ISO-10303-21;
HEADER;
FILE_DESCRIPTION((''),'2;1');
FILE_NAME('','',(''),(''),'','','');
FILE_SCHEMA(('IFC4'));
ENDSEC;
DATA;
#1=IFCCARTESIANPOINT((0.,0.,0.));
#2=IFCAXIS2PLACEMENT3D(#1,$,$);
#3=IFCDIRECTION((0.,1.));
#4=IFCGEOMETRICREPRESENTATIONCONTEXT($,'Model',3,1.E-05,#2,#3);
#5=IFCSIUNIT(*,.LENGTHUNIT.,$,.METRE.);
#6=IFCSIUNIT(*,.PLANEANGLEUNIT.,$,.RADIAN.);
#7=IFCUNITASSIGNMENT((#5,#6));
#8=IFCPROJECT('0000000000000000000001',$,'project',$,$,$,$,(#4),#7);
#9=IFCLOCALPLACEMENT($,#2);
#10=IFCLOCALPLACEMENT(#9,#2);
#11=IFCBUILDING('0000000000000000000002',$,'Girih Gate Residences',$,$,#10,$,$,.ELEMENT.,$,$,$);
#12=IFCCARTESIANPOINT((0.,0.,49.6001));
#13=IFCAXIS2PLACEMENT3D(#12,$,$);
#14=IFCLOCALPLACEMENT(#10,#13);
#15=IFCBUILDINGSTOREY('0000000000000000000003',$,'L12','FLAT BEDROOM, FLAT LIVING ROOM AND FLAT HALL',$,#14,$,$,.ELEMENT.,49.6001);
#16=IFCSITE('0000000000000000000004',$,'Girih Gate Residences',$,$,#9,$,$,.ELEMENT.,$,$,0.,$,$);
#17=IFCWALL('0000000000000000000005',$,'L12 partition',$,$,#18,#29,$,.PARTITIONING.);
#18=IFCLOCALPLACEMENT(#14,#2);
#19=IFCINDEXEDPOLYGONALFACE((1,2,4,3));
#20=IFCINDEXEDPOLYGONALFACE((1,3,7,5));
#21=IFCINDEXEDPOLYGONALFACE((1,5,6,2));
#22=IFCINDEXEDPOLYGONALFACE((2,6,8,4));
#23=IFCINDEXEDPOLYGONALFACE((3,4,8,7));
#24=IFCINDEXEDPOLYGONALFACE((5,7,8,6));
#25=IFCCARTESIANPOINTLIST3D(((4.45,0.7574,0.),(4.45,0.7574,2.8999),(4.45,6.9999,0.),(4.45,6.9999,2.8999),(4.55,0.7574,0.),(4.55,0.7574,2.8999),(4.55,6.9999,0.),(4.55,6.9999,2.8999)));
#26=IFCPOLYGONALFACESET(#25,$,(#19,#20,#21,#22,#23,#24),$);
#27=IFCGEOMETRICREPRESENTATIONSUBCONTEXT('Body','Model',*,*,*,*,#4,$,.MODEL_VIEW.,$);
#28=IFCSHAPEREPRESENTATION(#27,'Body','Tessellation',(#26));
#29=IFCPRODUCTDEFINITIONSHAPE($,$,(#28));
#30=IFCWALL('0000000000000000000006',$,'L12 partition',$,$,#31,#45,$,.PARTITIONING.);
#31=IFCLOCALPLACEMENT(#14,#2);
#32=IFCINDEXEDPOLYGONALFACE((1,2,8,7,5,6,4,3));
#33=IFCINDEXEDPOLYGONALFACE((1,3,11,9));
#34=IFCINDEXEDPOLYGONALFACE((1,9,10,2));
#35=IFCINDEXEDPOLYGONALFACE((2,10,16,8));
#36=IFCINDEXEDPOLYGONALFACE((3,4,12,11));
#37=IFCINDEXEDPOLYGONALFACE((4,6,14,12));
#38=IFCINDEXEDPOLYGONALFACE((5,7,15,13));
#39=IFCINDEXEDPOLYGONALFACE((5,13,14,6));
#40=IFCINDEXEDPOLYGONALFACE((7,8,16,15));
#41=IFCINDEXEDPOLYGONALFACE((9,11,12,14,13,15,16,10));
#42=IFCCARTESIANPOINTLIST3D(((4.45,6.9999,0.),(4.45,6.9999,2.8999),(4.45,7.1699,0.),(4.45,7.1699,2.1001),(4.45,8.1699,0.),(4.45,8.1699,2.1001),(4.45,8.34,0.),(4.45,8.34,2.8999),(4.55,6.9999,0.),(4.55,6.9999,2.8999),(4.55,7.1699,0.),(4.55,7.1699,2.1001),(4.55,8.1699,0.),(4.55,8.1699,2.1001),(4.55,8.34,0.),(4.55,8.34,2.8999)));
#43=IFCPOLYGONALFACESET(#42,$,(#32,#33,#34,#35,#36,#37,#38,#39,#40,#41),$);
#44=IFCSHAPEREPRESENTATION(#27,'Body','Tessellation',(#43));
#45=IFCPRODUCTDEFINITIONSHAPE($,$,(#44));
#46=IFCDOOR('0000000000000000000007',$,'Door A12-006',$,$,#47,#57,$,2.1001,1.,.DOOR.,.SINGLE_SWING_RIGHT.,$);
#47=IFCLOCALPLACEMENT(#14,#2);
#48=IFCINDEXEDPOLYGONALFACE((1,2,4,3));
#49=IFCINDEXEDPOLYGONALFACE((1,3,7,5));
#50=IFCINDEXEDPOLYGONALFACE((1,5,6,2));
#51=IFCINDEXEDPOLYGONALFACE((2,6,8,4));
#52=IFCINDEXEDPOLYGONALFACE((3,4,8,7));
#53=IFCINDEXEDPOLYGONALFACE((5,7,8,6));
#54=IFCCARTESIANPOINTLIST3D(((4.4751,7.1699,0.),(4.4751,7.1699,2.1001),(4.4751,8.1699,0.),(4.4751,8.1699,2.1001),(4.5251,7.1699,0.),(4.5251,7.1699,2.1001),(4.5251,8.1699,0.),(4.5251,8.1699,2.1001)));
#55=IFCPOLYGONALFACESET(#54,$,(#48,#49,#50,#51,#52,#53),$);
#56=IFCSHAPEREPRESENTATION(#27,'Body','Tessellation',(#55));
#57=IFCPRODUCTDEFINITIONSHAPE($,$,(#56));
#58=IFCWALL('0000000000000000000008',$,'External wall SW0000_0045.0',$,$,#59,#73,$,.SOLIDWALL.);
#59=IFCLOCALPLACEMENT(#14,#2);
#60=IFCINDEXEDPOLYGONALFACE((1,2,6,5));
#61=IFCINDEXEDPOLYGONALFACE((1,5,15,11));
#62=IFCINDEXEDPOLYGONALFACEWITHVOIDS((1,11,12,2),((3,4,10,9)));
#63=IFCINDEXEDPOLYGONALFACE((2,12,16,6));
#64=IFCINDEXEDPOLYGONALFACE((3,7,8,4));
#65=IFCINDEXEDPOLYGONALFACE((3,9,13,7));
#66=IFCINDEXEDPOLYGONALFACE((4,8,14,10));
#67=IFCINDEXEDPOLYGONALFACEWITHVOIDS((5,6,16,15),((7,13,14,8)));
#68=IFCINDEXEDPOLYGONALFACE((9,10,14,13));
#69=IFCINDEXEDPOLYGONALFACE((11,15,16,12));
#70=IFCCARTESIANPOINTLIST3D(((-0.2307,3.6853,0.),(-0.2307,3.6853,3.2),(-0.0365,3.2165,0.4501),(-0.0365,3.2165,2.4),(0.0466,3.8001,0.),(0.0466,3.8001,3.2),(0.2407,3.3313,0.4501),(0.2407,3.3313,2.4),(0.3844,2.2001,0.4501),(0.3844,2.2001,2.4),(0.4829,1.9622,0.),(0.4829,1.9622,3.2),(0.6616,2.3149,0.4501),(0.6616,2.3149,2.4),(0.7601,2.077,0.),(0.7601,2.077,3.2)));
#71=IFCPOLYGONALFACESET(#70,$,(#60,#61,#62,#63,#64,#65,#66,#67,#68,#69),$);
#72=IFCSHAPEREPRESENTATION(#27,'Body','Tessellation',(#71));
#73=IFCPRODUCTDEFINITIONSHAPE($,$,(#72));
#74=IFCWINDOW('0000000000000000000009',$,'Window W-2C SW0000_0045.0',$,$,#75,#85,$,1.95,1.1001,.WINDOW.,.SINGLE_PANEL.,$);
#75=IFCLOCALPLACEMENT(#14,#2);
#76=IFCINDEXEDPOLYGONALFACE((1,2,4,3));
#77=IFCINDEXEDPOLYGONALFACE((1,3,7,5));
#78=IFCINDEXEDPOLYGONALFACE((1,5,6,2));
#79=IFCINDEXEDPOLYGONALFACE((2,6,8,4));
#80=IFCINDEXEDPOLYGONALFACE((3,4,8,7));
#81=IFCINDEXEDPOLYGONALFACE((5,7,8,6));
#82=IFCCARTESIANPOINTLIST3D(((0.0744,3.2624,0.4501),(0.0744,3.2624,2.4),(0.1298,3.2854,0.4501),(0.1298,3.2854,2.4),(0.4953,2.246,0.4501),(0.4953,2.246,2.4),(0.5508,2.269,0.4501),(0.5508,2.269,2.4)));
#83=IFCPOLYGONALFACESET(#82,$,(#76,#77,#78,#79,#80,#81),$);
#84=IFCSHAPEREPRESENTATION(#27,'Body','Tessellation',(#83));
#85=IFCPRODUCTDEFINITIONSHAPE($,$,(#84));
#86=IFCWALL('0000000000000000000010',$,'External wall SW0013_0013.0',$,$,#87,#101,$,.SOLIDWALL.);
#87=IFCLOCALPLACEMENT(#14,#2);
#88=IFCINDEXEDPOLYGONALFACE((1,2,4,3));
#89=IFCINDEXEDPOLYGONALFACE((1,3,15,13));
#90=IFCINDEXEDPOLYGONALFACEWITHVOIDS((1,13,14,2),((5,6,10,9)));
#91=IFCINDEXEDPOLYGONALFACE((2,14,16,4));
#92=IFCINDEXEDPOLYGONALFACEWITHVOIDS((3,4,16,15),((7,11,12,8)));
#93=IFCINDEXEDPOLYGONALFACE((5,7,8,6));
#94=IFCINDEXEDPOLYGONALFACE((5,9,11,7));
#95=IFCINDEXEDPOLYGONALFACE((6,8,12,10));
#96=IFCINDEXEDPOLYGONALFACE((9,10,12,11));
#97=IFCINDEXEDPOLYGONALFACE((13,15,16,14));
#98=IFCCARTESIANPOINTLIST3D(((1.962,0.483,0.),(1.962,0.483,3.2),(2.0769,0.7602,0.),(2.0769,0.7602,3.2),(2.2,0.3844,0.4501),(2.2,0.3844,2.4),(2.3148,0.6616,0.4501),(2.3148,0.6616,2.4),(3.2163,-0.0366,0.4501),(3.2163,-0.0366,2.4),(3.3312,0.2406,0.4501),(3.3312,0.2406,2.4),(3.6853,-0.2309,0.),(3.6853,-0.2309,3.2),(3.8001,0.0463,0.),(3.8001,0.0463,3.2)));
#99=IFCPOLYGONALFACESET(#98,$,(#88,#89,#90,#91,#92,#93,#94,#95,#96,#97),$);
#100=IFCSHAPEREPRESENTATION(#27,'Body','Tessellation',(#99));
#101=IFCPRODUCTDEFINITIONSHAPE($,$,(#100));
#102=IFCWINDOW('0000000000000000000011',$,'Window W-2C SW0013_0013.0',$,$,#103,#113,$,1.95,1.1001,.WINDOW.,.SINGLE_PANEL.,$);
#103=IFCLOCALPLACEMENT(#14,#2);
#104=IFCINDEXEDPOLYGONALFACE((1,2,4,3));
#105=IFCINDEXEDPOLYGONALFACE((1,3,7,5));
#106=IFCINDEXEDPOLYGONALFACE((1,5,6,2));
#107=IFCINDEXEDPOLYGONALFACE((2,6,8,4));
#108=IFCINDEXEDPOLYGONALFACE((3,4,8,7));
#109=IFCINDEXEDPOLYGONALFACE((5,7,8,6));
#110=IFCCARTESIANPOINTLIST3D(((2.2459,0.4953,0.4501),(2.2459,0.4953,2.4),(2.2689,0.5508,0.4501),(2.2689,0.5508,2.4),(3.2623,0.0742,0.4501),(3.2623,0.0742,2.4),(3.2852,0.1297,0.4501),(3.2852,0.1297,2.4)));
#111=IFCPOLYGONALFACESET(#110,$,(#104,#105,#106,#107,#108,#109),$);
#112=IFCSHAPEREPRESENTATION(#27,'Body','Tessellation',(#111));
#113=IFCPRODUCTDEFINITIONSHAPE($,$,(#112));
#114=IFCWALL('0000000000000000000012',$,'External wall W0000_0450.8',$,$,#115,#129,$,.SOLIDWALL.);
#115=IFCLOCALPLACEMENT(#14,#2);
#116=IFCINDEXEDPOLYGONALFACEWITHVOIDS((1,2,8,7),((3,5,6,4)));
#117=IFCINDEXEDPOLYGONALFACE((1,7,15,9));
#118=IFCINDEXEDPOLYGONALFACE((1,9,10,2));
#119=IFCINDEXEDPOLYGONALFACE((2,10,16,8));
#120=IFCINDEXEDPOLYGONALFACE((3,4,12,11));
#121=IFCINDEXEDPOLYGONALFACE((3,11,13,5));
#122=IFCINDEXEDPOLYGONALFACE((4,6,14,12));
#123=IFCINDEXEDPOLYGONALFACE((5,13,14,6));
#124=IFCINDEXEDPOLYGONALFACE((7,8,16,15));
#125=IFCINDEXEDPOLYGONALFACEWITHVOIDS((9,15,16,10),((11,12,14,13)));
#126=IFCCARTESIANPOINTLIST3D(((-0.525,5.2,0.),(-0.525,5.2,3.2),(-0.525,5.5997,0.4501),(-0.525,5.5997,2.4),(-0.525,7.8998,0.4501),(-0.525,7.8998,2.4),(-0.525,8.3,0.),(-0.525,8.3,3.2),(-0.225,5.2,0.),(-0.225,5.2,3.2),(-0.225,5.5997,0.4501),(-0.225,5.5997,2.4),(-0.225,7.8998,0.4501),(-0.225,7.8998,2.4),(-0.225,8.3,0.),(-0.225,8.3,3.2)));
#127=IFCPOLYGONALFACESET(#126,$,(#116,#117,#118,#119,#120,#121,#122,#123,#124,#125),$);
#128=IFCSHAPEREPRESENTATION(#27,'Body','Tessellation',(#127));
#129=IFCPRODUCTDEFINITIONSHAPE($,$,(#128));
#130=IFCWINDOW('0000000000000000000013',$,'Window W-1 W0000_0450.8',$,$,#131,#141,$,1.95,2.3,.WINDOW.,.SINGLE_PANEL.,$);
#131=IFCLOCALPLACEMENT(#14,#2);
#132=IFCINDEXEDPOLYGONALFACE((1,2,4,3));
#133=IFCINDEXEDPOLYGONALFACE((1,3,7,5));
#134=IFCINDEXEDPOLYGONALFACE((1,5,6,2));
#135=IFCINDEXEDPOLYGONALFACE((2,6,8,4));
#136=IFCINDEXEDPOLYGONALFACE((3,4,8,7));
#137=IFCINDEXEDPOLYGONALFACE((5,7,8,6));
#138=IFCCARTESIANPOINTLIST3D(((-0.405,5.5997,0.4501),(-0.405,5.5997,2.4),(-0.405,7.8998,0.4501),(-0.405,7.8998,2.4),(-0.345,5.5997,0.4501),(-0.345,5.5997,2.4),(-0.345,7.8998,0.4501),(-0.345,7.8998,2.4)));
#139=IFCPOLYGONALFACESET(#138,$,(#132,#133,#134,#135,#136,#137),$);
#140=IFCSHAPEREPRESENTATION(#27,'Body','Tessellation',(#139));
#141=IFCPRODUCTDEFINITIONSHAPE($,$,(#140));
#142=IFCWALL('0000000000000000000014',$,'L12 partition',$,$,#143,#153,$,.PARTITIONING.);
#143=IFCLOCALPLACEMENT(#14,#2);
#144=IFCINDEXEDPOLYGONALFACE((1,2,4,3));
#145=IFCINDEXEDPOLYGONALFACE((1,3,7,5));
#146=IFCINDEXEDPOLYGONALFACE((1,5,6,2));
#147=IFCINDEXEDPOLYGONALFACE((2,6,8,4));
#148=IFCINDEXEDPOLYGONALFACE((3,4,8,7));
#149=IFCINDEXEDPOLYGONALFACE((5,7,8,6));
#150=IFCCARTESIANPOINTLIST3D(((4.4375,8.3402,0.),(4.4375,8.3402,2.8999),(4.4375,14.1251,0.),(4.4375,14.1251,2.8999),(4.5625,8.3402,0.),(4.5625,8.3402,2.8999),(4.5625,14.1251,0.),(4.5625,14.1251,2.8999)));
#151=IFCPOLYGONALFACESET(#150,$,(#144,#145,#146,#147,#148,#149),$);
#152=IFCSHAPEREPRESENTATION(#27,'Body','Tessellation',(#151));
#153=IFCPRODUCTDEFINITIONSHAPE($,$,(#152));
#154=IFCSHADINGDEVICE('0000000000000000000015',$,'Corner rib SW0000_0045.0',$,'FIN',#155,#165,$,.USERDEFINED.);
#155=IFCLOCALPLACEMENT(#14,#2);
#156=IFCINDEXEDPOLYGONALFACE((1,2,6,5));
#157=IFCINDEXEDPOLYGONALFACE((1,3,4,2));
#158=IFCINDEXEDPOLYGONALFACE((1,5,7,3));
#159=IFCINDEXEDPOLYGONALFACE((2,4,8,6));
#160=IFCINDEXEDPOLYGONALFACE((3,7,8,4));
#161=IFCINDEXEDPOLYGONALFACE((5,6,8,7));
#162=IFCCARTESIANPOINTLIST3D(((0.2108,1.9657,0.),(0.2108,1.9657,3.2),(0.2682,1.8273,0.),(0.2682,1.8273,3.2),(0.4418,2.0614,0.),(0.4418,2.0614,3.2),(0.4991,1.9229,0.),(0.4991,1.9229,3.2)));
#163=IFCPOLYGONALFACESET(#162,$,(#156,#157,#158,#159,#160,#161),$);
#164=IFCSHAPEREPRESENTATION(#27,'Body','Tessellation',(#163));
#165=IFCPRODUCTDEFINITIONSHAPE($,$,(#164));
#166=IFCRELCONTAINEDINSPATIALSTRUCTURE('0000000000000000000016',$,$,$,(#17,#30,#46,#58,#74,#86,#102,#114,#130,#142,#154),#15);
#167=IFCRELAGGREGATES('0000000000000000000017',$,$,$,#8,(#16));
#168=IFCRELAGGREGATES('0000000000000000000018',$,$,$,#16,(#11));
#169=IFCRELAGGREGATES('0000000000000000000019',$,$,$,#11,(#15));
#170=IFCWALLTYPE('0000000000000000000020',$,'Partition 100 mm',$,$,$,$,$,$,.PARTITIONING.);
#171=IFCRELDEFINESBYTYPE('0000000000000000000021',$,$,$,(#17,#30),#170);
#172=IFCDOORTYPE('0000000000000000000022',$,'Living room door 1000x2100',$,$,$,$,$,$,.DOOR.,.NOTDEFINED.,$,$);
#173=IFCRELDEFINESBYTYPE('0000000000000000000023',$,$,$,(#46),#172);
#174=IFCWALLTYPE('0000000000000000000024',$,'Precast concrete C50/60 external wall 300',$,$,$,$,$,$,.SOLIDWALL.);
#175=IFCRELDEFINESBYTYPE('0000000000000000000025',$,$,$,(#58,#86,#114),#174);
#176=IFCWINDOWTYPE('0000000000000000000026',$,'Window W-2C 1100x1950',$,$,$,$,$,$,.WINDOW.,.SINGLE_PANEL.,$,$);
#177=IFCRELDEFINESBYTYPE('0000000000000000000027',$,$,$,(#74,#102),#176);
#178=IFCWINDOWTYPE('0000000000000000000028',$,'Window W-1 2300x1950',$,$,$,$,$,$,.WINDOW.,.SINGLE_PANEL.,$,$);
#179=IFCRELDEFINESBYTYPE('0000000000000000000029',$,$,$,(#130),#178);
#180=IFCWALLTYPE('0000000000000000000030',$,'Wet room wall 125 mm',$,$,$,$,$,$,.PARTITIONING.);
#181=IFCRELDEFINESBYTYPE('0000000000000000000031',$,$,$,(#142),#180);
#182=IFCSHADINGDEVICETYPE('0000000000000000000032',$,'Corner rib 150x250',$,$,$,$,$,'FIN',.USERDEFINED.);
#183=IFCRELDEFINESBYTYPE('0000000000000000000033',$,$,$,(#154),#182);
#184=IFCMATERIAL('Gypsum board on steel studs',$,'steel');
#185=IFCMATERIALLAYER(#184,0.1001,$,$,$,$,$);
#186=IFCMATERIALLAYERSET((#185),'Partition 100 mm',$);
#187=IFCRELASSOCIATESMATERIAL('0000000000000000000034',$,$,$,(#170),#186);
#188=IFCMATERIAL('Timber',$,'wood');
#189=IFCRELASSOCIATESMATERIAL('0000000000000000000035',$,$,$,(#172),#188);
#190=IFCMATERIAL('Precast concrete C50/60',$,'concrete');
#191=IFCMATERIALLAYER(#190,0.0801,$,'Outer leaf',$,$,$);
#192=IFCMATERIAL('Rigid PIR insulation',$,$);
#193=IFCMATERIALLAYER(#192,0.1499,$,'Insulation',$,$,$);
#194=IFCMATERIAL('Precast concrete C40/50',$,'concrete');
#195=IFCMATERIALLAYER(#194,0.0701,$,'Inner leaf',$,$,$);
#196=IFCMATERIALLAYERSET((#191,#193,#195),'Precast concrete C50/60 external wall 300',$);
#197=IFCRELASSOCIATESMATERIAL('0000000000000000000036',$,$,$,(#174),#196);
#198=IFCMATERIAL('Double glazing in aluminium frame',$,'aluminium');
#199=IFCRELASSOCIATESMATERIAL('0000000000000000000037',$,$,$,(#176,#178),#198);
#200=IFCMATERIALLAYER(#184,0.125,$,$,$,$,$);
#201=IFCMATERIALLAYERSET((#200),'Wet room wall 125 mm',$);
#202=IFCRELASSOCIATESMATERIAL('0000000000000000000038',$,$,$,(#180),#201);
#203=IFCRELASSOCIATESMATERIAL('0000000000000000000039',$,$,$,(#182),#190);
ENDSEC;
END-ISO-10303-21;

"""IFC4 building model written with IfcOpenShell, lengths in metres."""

from ifc_helpers import new_model, si_unit, direction, frame, frame_2d, origin, origin_2d, place, context, subcontext, project, spatial, rectangle, extrude, material, layer, layer_set, type_object, element, fill, save


model = new_model("IFC4")

# Units and contexts
model_context = context("Model", 3, precision=1e-05, world=origin(), true_north=direction((0.0, 1.0)))
body_context = subcontext(model_context, "Body", "Model", "MODEL_VIEW")
ifc_project = project(units=[si_unit("LENGTHUNIT", "METRE"), si_unit("PLANEANGLEUNIT", "RADIAN")], contexts=[model_context])

# Site, building, storey
site_placement = place(None, origin())
site = spatial("IfcSite", under=ifc_project, at=site_placement, Name="Girih Gate Residences", CompositionType="ELEMENT", RefElevation=0.0)
building_placement = place(site_placement, origin())
building = spatial("IfcBuilding", under=site, at=building_placement, Name="Girih Gate Residences", CompositionType="ELEMENT")
storey_placement = place(building_placement, frame((0.0, 0.0, 49.6001)))
storey = spatial("IfcBuildingStorey", under=building, at=storey_placement, Name="L12", Description="FLAT BEDROOM, FLAT LIVING ROOM AND FLAT HALL", CompositionType="ELEMENT", Elevation=49.6001)

# Wall
ifc_material_1 = material(Name="Gypsum board on steel studs", Category="steel")
ifc_layer_1 = layer(ifc_material_1, 0.1001)
ifc_layer_set_1 = layer_set([ifc_layer_1], Name="Partition 100 mm")
wall_type_1 = type_object("IfcWallType", Name="Partition 100 mm", PredefinedType="PARTITIONING", material=ifc_layer_set_1)
wall_1_placement = place(storey_placement, frame((4.5, 0.7576, 0.0), z_axis=(0.0, 0.0, 1.0), x_axis=(0.0, 1.0, 0.0)))
element("IfcWall", 1, at=wall_1_placement, inside=storey, type_object=wall_type_1, Name="L12 partition", PredefinedType="PARTITIONING", context=body_context, shape_type="SweptSolid", body=[
    extrude(rectangle(XDim=6.2424, YDim=0.1001, at=frame_2d((3.1211, 0.0))), origin(), (0.0, 0.0, 1.0), 2.8999),
])

# Wall, opening, door
wall_2_placement = place(storey_placement, frame((4.5, 7.0, 0.0), z_axis=(0.0, 0.0, 1.0), x_axis=(0.0, 1.0, 0.0)))
wall_2 = element("IfcWall", 2, at=wall_2_placement, inside=storey, type_object=wall_type_1, Name="L12 partition", PredefinedType="PARTITIONING", context=body_context, shape_type="SweptSolid", body=[
    extrude(rectangle(XDim=1.3401, YDim=0.1001, at=frame_2d((0.6699, 0.0))), origin(), (0.0, 0.0, 1.0), 2.8999),
])
opening_1_placement = place(wall_2_placement, frame((0.1699, 0.0, 0.0)))
opening_1 = element("IfcOpeningElement", 3, at=opening_1_placement, cuts=wall_2, PredefinedType="OPENING", context=body_context, shape_type="SweptSolid", body=[
    extrude(rectangle(XDim=1.0, YDim=2.1001, at=frame_2d((0.5, 1.05))), frame((0.0, 0.0601, 0.0), z_axis=(0.0, -1.0, 0.0), x_axis=(1.0, 0.0, 0.0)), (0.0, 0.0, 1.0), 0.1201),
])
ifc_material_2 = material(Name="Timber", Category="wood")
door_type = type_object("IfcDoorType", Name="Living room door 1000x2100", OperationType="NOTDEFINED", PredefinedType="DOOR", material=ifc_material_2)
door_placement = place(opening_1_placement, origin())
door = element("IfcDoor", 4, at=door_placement, inside=storey, type_object=door_type, Name="Door A12-006", OperationType="SINGLE_SWING_RIGHT", OverallHeight=2.1001, OverallWidth=1.0, PredefinedType="DOOR", context=body_context, shape_type="SweptSolid", body=[
    extrude(rectangle(XDim=1.0, YDim=2.1001, at=frame_2d((0.5, 1.05))), frame((0.0, 0.0249, 0.0), z_axis=(0.0, -1.0, 0.0), x_axis=(1.0, 0.0, 0.0)), (0.0, 0.0, 1.0), 0.05),
])
fill(opening_1, door)

# Walls, openings, windows
ifc_material_3 = material(Name="Precast concrete C50/60", Category="concrete")
ifc_layer_2 = layer(ifc_material_3, 0.0801, Name="Outer leaf")
ifc_material_4 = material(Name="Rigid PIR insulation")
ifc_layer_3 = layer(ifc_material_4, 0.1499, Name="Insulation")
ifc_material_5 = material(Name="Precast concrete C40/50", Category="concrete")
ifc_layer_4 = layer(ifc_material_5, 0.0701, Name="Inner leaf")
ifc_layer_set_2 = layer_set([ifc_layer_2, ifc_layer_3, ifc_layer_4], Name="Precast concrete C50/60 external wall 300")
wall_type_2 = type_object("IfcWallType", Name="Precast concrete C50/60 external wall 300", PredefinedType="SOLIDWALL", material=ifc_layer_set_2)
wall_3_placement = place(storey_placement, frame((0.6216, 2.0195, 0.0), z_axis=(0.0, 0.0, 1.0), x_axis=(-0.382625, 0.923904, 0.0)))
wall_3 = element("IfcWall", 5, at=wall_3_placement, inside=storey, type_object=wall_type_2, Name="External wall SW0000_0045.0", PredefinedType="SOLIDWALL", context=body_context, shape_type="SweptSolid", body=[
    extrude(rectangle(XDim=1.865, YDim=0.3, at=frame_2d((0.9326, 0.0))), origin(), (0.0, 0.0, 1.0), 3.2),
])
opening_2_placement = place(wall_3_placement, frame((0.2576, 0.0, 0.45)))
opening_2 = element("IfcOpeningElement", 6, at=opening_2_placement, cuts=wall_3, PredefinedType="OPENING", context=body_context, shape_type="SweptSolid", body=[
    extrude(rectangle(XDim=1.1001, YDim=1.95, at=frame_2d((0.55, 0.9751))), frame((0.0, 0.1599, 0.0), z_axis=(0.0, -1.0, 0.0), x_axis=(1.0, 0.0, 0.0)), (0.0, 0.0, 1.0), 0.3201),
])
ifc_material_6 = material(Name="Double glazing in aluminium frame", Category="aluminium")
window_type_1 = type_object("IfcWindowType", Name="Window W-2C 1100x1950", PartitioningType="SINGLE_PANEL", PredefinedType="WINDOW", material=ifc_material_6)
window_1_placement = place(opening_2_placement, origin())
window_1 = element("IfcWindow", 7, at=window_1_placement, inside=storey, type_object=window_type_1, Name="Window W-2C SW0000_0045.0", OverallHeight=1.95, OverallWidth=1.1001, PartitioningType="SINGLE_PANEL", PredefinedType="WINDOW", context=body_context, shape_type="SweptSolid", body=[
    extrude(rectangle(XDim=1.1001, YDim=1.95, at=frame_2d((0.55, 0.9751))), frame((0.0, 0.03, 0.0), z_axis=(0.0, -1.0, 0.0), x_axis=(1.0, 0.0, 0.0)), (0.0, 0.0, 1.0), 0.0601),
])
fill(opening_2, window_1)
wall_4_placement = place(storey_placement, frame((3.7427, -0.0923, 0.0), z_axis=(0.0, 0.0, 1.0), x_axis=(-0.923857, 0.382737, 0.0)))
wall_4 = element("IfcWall", 8, at=wall_4_placement, inside=storey, type_object=wall_type_2, Name="External wall SW0013_0013.0", PredefinedType="SOLIDWALL", context=body_context, shape_type="SweptSolid", body=[
    extrude(rectangle(XDim=1.8652, YDim=0.3, at=frame_2d((0.9326, 0.0))), origin(), (0.0, 0.0, 1.0), 3.2),
])
opening_3_placement = place(wall_4_placement, frame((0.5076, 0.0, 0.45)))
opening_3 = element("IfcOpeningElement", 9, at=opening_3_placement, cuts=wall_4, PredefinedType="OPENING", context=body_context, shape_type="SweptSolid", body=[
    extrude(rectangle(XDim=1.1001, YDim=1.95, at=frame_2d((0.55, 0.9751))), frame((0.0, 0.1599, 0.0), z_axis=(0.0, -1.0, 0.0), x_axis=(1.0, 0.0, 0.0)), (0.0, 0.0, 1.0), 0.3201),
])
window_2_placement = place(opening_3_placement, origin())
window_2 = element("IfcWindow", 10, at=window_2_placement, inside=storey, type_object=window_type_1, Name="Window W-2C SW0013_0013.0", OverallHeight=1.95, OverallWidth=1.1001, PartitioningType="SINGLE_PANEL", PredefinedType="WINDOW", context=body_context, shape_type="SweptSolid", body=[
    extrude(rectangle(XDim=1.1001, YDim=1.95, at=frame_2d((0.55, 0.9751))), frame((0.0, 0.03, 0.0), z_axis=(0.0, -1.0, 0.0), x_axis=(1.0, 0.0, 0.0)), (0.0, 0.0, 1.0), 0.0601),
])
fill(opening_3, window_2)
wall_5_placement = place(storey_placement, frame((-0.375, 5.2, 0.0), z_axis=(0.0, 0.0, 1.0), x_axis=(0.0, 1.0, 0.0)))
wall_5 = element("IfcWall", 11, at=wall_5_placement, inside=storey, type_object=wall_type_2, Name="External wall W0000_0450.8", PredefinedType="SOLIDWALL", context=body_context, shape_type="SweptSolid", body=[
    extrude(rectangle(XDim=3.1001, YDim=0.3, at=frame_2d((1.55, 0.0))), origin(), (0.0, 0.0, 1.0), 3.2),
])
opening_4_placement = place(wall_5_placement, frame((0.3999, 0.0, 0.45)))
opening_4 = element("IfcOpeningElement", 12, at=opening_4_placement, cuts=wall_5, PredefinedType="OPENING", context=body_context, shape_type="SweptSolid", body=[
    extrude(rectangle(XDim=2.3, YDim=1.95, at=frame_2d((1.1499, 0.9751))), frame((0.0, 0.1599, 0.0), z_axis=(0.0, -1.0, 0.0), x_axis=(1.0, 0.0, 0.0)), (0.0, 0.0, 1.0), 0.3201),
])
window_type_2 = type_object("IfcWindowType", Name="Window W-1 2300x1950", PartitioningType="SINGLE_PANEL", PredefinedType="WINDOW", material=ifc_material_6)
window_3_placement = place(opening_4_placement, origin())
window_3 = element("IfcWindow", 13, at=window_3_placement, inside=storey, type_object=window_type_2, Name="Window W-1 W0000_0450.8", OverallHeight=1.95, OverallWidth=2.3, PartitioningType="SINGLE_PANEL", PredefinedType="WINDOW", context=body_context, shape_type="SweptSolid", body=[
    extrude(rectangle(XDim=2.3, YDim=1.95, at=frame_2d((1.1499, 0.9751))), frame((0.0, 0.03, 0.0), z_axis=(0.0, -1.0, 0.0), x_axis=(1.0, 0.0, 0.0)), (0.0, 0.0, 1.0), 0.0601),
])
fill(opening_4, window_3)

# Wall
ifc_layer_5 = layer(ifc_material_1, 0.125)
ifc_layer_set_3 = layer_set([ifc_layer_5], Name="Wet room wall 125 mm")
wall_type_3 = type_object("IfcWallType", Name="Wet room wall 125 mm", PredefinedType="PARTITIONING", material=ifc_layer_set_3)
wall_6_placement = place(storey_placement, frame((4.5, 8.3401, 0.0), z_axis=(0.0, 0.0, 1.0), x_axis=(0.0, 1.0, 0.0)))
element("IfcWall", 14, at=wall_6_placement, inside=storey, type_object=wall_type_3, Name="L12 partition", PredefinedType="PARTITIONING", context=body_context, shape_type="SweptSolid", body=[
    extrude(rectangle(XDim=5.7849, YDim=0.125, at=frame_2d((2.8926, 0.0))), origin(), (0.0, 0.0, 1.0), 2.8999),
])

# Shading device
shading_device_type = type_object("IfcShadingDeviceType", Name="Corner rib 150x250", ElementType="FIN", PredefinedType="USERDEFINED", material=ifc_material_3)
for number, where, z_axis, x_axis, name in (
    (15, (0.355, 1.9443, 0.0), (0.0, 0.0, 1.0), (0.382683, -0.92388, 0.0), "Corner rib SW0000_0045.0"),
):
    element("IfcShadingDevice", number, at=place(storey_placement, frame(where, z_axis=z_axis, x_axis=x_axis)), inside=storey, type_object=shading_device_type, Name=name, ObjectType="FIN", PredefinedType="USERDEFINED", context=body_context, shape_type="SweptSolid", body=[
        extrude(rectangle(XDim=0.1499, YDim=0.25, at=origin_2d()), origin(), (0.0, 0.0, 1.0), 3.2),
    ])

save(model, "model.ifc")
